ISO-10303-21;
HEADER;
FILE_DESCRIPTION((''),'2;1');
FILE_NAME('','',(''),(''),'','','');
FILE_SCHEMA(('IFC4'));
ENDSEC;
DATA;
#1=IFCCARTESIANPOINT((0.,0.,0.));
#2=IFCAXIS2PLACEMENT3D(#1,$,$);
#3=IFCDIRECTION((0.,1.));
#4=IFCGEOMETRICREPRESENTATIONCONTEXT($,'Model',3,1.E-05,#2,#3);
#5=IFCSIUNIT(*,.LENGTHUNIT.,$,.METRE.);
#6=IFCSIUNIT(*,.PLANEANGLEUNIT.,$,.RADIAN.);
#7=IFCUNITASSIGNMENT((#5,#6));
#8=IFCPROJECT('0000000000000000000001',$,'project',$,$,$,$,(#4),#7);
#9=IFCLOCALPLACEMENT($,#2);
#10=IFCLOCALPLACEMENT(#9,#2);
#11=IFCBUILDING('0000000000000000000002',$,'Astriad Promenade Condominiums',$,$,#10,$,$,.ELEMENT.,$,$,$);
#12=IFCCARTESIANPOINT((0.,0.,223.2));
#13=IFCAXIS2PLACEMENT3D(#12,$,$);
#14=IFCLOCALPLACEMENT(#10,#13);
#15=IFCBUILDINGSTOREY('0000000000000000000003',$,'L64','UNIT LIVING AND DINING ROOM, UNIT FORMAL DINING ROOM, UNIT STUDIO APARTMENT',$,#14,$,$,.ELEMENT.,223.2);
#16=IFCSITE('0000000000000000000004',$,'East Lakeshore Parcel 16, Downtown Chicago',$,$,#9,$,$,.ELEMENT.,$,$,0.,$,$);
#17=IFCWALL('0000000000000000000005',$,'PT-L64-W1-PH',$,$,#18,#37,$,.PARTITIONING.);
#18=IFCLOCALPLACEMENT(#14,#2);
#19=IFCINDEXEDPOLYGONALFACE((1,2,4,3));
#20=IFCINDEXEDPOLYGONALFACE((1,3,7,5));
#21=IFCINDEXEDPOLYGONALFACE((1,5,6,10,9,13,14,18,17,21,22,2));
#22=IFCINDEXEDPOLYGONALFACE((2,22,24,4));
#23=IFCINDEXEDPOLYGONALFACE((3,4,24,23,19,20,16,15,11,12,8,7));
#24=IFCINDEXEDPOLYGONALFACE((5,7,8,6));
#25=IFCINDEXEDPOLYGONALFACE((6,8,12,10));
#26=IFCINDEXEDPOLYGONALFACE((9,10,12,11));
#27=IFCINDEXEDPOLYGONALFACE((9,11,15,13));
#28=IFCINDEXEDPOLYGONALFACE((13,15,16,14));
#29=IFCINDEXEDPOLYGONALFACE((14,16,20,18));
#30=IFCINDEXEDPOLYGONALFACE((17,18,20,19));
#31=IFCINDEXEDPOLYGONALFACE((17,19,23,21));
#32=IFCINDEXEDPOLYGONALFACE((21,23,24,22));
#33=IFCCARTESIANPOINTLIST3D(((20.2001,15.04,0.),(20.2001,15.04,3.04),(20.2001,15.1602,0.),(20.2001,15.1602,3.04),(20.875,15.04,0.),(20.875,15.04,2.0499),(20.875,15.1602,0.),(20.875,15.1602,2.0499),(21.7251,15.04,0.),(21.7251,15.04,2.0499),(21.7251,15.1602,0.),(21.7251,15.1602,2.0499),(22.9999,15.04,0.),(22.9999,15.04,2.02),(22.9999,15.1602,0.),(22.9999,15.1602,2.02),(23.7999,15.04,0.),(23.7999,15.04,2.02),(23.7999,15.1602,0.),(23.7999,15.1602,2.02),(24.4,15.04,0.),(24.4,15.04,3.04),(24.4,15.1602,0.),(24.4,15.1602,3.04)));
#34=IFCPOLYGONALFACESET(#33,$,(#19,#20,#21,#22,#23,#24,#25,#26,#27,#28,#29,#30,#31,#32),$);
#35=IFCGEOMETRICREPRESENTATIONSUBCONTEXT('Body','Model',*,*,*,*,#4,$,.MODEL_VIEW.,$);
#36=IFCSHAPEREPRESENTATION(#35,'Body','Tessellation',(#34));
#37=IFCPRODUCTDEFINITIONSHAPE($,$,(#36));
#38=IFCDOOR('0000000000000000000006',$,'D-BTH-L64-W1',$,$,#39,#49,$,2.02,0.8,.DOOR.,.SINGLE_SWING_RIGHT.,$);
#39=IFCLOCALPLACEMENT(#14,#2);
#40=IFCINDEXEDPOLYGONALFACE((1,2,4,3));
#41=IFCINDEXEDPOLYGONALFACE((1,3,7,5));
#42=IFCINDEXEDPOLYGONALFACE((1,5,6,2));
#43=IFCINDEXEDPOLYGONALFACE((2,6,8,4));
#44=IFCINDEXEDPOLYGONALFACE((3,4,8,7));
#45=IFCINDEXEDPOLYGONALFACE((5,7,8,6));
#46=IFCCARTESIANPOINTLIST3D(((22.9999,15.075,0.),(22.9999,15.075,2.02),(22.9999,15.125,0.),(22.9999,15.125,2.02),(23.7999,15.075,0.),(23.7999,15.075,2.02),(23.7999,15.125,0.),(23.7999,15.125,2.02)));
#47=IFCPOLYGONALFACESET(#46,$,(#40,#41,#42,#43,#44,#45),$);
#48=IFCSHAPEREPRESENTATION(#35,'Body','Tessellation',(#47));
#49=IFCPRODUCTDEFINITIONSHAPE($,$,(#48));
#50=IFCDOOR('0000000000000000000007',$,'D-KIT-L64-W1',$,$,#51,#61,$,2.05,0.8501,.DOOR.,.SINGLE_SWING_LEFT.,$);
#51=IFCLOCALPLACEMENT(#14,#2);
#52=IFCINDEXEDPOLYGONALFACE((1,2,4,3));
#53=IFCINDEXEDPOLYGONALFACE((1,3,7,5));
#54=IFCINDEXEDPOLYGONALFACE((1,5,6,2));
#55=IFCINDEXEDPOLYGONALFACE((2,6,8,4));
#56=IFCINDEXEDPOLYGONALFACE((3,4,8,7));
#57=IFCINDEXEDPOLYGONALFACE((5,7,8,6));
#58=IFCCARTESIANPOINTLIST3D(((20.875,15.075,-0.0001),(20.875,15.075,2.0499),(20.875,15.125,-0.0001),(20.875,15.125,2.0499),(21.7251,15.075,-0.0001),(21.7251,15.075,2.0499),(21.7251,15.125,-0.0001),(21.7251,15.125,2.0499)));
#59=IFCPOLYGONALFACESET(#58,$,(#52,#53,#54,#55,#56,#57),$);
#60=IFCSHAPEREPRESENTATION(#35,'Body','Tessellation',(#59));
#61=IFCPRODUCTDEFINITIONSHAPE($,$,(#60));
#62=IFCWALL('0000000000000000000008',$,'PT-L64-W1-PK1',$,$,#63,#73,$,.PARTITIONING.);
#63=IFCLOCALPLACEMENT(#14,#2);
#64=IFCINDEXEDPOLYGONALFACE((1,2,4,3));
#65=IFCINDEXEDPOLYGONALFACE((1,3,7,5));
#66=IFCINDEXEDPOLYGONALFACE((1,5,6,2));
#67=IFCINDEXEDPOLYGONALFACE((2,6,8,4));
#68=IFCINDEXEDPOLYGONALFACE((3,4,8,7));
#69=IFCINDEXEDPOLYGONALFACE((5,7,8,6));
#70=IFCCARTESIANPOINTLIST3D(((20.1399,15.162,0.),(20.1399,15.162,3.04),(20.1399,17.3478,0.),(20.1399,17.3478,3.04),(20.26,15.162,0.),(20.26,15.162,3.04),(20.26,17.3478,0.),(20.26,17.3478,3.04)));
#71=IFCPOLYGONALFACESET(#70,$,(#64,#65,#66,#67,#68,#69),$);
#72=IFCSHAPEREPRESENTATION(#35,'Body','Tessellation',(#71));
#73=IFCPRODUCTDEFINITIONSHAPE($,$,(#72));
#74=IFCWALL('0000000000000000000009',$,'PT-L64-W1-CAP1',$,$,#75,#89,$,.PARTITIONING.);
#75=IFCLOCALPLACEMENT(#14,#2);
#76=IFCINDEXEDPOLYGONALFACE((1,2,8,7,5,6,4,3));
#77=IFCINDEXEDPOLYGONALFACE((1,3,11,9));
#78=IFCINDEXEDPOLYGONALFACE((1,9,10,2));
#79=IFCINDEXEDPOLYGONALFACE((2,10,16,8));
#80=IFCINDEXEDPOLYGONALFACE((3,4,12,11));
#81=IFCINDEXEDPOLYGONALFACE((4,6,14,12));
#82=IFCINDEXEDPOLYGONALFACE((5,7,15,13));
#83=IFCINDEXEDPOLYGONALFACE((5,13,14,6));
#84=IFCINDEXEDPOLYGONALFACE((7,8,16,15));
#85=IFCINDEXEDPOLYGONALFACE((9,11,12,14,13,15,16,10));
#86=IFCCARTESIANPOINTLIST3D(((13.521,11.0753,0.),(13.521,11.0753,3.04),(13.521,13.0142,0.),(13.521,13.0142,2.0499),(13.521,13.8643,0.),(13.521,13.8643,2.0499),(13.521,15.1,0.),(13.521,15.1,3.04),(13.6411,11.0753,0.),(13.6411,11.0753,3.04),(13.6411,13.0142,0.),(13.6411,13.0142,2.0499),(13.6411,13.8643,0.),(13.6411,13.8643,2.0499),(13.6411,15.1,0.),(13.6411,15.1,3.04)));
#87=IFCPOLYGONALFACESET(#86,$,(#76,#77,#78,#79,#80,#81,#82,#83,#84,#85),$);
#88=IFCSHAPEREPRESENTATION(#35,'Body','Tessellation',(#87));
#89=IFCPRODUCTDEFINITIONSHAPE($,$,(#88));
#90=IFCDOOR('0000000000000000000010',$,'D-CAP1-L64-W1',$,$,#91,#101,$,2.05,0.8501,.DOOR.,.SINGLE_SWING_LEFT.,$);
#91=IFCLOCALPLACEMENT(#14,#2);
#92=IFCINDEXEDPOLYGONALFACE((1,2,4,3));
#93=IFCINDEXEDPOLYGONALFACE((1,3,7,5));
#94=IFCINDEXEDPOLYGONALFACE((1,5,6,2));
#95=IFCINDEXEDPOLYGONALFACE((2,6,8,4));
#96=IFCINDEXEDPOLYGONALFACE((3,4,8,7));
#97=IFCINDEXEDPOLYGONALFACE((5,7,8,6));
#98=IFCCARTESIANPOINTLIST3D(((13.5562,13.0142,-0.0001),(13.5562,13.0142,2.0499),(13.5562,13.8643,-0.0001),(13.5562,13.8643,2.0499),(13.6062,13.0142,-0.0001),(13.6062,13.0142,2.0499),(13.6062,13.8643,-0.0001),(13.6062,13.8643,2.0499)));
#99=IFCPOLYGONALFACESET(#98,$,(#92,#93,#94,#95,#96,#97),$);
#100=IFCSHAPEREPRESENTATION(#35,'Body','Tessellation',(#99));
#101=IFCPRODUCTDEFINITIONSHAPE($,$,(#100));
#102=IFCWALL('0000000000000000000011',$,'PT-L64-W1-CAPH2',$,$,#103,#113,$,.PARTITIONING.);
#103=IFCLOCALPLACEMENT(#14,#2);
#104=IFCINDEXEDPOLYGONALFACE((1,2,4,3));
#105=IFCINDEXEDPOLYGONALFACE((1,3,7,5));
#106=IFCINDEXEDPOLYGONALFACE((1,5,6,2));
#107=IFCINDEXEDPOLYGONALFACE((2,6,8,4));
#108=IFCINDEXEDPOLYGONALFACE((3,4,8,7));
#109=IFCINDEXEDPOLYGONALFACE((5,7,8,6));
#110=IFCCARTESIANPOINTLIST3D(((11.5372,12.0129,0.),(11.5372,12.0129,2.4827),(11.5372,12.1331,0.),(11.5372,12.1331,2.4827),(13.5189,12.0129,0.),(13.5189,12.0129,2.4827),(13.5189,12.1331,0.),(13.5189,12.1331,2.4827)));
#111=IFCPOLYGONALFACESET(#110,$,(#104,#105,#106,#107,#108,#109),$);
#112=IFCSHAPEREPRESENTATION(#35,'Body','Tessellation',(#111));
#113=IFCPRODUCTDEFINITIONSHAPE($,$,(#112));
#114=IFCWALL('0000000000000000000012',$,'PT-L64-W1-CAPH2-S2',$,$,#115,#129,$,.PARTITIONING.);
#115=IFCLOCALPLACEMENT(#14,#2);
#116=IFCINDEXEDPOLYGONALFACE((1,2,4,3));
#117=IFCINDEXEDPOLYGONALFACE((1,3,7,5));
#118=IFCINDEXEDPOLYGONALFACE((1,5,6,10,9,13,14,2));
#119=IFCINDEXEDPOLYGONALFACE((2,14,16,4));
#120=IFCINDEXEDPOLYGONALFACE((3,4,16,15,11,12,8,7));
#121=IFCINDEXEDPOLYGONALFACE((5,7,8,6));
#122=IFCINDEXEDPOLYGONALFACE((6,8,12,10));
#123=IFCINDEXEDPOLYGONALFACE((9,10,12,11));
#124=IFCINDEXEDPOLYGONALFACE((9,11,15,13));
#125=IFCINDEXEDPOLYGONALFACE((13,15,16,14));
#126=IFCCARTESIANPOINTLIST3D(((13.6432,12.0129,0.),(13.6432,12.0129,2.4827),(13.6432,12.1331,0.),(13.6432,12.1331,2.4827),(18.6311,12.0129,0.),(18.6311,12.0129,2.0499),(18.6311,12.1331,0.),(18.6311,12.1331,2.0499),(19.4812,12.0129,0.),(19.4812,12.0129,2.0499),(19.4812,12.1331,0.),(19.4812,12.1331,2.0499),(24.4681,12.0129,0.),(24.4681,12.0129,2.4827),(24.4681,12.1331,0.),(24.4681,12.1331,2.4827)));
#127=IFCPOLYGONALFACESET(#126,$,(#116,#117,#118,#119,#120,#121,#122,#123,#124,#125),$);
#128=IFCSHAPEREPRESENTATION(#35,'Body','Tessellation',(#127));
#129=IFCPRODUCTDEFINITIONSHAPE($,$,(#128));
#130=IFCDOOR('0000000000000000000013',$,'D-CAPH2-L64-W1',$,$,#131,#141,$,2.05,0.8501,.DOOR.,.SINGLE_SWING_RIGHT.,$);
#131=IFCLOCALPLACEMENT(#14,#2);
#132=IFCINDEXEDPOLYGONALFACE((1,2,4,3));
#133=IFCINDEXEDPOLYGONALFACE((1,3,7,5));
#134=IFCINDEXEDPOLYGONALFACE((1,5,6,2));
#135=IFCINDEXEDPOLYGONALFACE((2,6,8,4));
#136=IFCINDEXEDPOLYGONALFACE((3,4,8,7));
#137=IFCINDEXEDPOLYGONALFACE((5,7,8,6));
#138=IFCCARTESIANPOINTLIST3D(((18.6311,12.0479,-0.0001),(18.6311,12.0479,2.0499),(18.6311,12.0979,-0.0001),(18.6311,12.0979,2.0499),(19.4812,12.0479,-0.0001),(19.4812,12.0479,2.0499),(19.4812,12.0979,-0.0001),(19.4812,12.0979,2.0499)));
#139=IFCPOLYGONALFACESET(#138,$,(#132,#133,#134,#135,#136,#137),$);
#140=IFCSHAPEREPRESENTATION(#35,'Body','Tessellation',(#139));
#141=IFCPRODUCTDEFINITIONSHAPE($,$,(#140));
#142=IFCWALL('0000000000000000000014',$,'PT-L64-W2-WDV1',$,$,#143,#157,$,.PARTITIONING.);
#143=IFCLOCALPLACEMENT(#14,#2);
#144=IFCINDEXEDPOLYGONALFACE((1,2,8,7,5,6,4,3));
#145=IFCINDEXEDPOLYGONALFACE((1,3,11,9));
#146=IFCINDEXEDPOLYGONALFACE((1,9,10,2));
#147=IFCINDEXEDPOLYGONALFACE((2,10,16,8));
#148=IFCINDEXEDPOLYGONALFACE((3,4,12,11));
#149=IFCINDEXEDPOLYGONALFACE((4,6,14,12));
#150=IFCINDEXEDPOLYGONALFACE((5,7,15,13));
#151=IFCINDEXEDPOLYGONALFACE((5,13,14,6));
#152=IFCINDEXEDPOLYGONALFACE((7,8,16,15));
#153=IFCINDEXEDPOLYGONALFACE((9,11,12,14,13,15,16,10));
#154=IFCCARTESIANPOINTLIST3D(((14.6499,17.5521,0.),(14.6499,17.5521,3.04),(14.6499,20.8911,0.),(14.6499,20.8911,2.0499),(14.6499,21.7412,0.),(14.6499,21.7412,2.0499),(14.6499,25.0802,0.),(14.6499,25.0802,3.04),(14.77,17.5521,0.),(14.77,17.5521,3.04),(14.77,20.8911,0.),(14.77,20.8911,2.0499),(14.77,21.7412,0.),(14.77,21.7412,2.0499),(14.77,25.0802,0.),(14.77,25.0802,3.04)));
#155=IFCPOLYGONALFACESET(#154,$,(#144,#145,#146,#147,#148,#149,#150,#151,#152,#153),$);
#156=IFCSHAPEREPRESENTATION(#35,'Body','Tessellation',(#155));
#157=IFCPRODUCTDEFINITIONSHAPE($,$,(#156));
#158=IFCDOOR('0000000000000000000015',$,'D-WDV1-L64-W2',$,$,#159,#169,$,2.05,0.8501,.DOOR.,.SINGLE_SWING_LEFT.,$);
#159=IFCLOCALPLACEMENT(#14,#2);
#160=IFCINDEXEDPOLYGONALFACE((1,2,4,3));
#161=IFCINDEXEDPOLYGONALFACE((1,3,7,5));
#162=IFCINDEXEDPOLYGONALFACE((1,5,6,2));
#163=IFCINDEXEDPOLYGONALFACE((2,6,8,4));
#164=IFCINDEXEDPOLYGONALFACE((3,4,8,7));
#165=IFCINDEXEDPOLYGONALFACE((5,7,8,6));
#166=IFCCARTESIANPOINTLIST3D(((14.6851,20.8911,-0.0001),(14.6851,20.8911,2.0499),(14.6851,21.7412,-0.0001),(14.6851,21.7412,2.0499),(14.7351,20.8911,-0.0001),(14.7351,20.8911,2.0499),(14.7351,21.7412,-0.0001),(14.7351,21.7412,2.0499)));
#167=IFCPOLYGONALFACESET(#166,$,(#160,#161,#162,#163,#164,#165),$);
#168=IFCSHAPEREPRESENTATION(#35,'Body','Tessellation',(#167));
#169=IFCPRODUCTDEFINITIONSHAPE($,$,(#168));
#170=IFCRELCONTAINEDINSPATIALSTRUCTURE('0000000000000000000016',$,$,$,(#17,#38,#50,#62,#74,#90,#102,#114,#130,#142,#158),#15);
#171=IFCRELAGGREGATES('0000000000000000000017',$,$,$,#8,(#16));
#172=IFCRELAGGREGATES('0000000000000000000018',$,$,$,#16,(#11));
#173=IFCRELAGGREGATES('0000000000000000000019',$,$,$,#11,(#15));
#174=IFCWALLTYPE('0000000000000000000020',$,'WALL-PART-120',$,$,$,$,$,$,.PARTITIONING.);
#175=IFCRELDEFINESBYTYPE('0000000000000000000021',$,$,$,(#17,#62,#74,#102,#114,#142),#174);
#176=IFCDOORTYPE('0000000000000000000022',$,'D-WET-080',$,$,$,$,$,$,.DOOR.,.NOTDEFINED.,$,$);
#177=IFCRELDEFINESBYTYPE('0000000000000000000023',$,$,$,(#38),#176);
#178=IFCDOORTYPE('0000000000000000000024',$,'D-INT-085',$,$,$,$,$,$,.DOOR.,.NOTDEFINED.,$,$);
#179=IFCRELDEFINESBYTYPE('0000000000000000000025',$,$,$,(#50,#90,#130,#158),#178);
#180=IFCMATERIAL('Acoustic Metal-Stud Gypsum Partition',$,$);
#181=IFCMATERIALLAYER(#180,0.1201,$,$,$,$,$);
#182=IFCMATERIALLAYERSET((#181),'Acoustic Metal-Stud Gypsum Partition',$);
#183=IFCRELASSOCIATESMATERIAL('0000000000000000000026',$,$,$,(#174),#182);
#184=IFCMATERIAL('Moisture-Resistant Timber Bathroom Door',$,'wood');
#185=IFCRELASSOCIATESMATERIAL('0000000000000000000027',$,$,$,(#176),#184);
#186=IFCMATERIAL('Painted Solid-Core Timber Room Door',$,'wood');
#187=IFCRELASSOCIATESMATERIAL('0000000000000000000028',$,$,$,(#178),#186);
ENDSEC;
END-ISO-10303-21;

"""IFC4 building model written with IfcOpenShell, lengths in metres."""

from ifc_helpers import new_model, si_unit, direction, frame, frame_2d, origin, place, context, subcontext, project, spatial, rectangle, extrude, source, transform, mapped, material, layer, layer_set, type_object, type_shapes, element, fill, save


model = new_model("IFC4")

# Units and contexts
model_context = context("Model", 3, precision=1e-05, world=origin(), true_north=direction((0.0, 1.0)))
body_context = subcontext(model_context, "Body", "Model", "MODEL_VIEW")
ifc_project = project(units=[si_unit("LENGTHUNIT", "METRE"), si_unit("PLANEANGLEUNIT", "RADIAN")], contexts=[model_context])

# Site, building, storey
site_placement = place(None, origin())
site = spatial("IfcSite", under=ifc_project, at=site_placement, Name="East Lakeshore Parcel 16, Downtown Chicago", CompositionType="ELEMENT", RefElevation=0.0)
building_placement = place(site_placement, origin())
building = spatial("IfcBuilding", under=site, at=building_placement, Name="Astriad Promenade Condominiums", CompositionType="ELEMENT")
storey_placement = place(building_placement, frame((0.0, 0.0, 223.2)))
storey = spatial("IfcBuildingStorey", under=building, at=storey_placement, Name="L64", Description="UNIT LIVING AND DINING ROOM, UNIT FORMAL DINING ROOM, UNIT STUDIO APARTMENT", CompositionType="ELEMENT", Elevation=223.2)

# Wall, openings, doors
ifc_material_1 = material(Name="Acoustic Metal-Stud Gypsum Partition")
ifc_layer_1 = layer(ifc_material_1, 0.1201)
ifc_layer_set_1 = layer_set([ifc_layer_1], Name="Acoustic Metal-Stud Gypsum Partition")
wall_type_1 = type_object("IfcWallType", Name="WALL-PART-120", PredefinedType="PARTITIONING", material=ifc_layer_set_1)
wall_1_placement = place(storey_placement, frame((20.2, 15.1001, 0.0), z_axis=(0.0, 0.0, 1.0), x_axis=(1.0, 0.0, 0.0)))
wall_1 = element("IfcWall", 1, at=wall_1_placement, inside=storey, type_object=wall_type_1, Name="PT-L64-W1-PH", PredefinedType="PARTITIONING", context=body_context, shape_type="SweptSolid", body=[
    extrude(rectangle(XDim=4.2, YDim=0.1201, at=frame_2d((2.1001, 0.0))), origin(), (0.0, 0.0, 1.0), 3.04),
])
opening_1_placement = place(wall_1_placement, frame((0.675, 0.0, 0.0)))
opening_1 = element("IfcOpeningElement", 2, at=opening_1_placement, cuts=wall_1, PredefinedType="OPENING", context=body_context, shape_type="SweptSolid", body=[
    extrude(rectangle(XDim=0.8501, YDim=2.05, at=frame_2d((0.425, 1.0249))), frame((0.0, 0.0701, 0.0), z_axis=(0.0, -1.0, 0.0), x_axis=(1.0, 0.0, 0.0)), (0.0, 0.0, 1.0), 0.1401),
])
opening_2_placement = place(wall_1_placement, frame((2.8, 0.0, 0.0)))
opening_2 = element("IfcOpeningElement", 3, at=opening_2_placement, cuts=wall_1, PredefinedType="OPENING", context=body_context, shape_type="SweptSolid", body=[
    extrude(rectangle(XDim=0.8, YDim=2.02, at=frame_2d((0.3999, 1.01))), frame((0.0, 0.0701, 0.0), z_axis=(0.0, -1.0, 0.0), x_axis=(1.0, 0.0, 0.0)), (0.0, 0.0, 1.0), 0.1401),
])
ifc_material_2 = material(Name="Moisture-Resistant Timber Bathroom Door", Category="wood")
door_type_1 = type_object("IfcDoorType", Name="D-WET-080", OperationType="NOTDEFINED", PredefinedType="DOOR", material=ifc_material_2)
shared_shape_1 = source(origin(), body_context, "Body", "SweptSolid", [
    extrude(rectangle(XDim=0.8, YDim=2.02, at=frame_2d((0.3999, 1.01))), frame((0.0, 0.0249, 0.0), z_axis=(0.0, -1.0, 0.0), x_axis=(1.0, 0.0, 0.0)), (0.0, 0.0, 1.0), 0.05),
])
type_shapes(door_type_1, [shared_shape_1])
door_1_placement = place(opening_2_placement, origin())
door_1 = element("IfcDoor", 4, at=door_1_placement, inside=storey, type_object=door_type_1, Name="D-BTH-L64-W1", OperationType="SINGLE_SWING_RIGHT", OverallHeight=2.02, OverallWidth=0.8, PredefinedType="DOOR", context=body_context, shape_type="MappedRepresentation", body=[
    mapped(shared_shape_1, transform((0.0, 0.0, 0.0), scale=1.0)),
])
fill(opening_2, door_1)
ifc_material_3 = material(Name="Painted Solid-Core Timber Room Door", Category="wood")
door_type_2 = type_object("IfcDoorType", Name="D-INT-085", OperationType="NOTDEFINED", PredefinedType="DOOR", material=ifc_material_3)
shared_shape_2 = source(origin(), body_context, "Body", "SweptSolid", [
    extrude(rectangle(XDim=0.8501, YDim=2.05, at=frame_2d((0.425, 1.0249))), frame((0.0, 0.0249, 0.0), z_axis=(0.0, -1.0, 0.0), x_axis=(1.0, 0.0, 0.0)), (0.0, 0.0, 1.0), 0.05),
])
type_shapes(door_type_2, [shared_shape_2])
door_2_placement = place(opening_1_placement, origin())
door_2 = element("IfcDoor", 5, at=door_2_placement, inside=storey, type_object=door_type_2, Name="D-KIT-L64-W1", OperationType="SINGLE_SWING_LEFT", OverallHeight=2.05, OverallWidth=0.8501, PredefinedType="DOOR", context=body_context, shape_type="MappedRepresentation", body=[
    mapped(shared_shape_2, transform((0.0, 0.0, 0.0), scale=1.0)),
])
fill(opening_1, door_2)

# Wall
wall_2_placement = place(storey_placement, frame((20.2, 15.1621, 0.0), z_axis=(0.0, 0.0, 1.0), x_axis=(0.0, 1.0, 0.0)))
element("IfcWall", 6, at=wall_2_placement, inside=storey, type_object=wall_type_1, Name="PT-L64-W1-PK1", PredefinedType="PARTITIONING", context=body_context, shape_type="SweptSolid", body=[
    extrude(rectangle(XDim=2.1858, YDim=0.1201, at=frame_2d((1.0928, 0.0))), origin(), (0.0, 0.0, 1.0), 3.04),
])

# Wall, opening, door
wall_3_placement = place(storey_placement, frame((13.5811, 11.0754, 0.0), z_axis=(0.0, 0.0, 1.0), x_axis=(0.0, 1.0, 0.0)))
wall_3 = element("IfcWall", 7, at=wall_3_placement, inside=storey, type_object=wall_type_1, Name="PT-L64-W1-CAP1", PredefinedType="PARTITIONING", context=body_context, shape_type="SweptSolid", body=[
    extrude(rectangle(XDim=4.0247, YDim=0.1201, at=frame_2d((2.0122, 0.0))), origin(), (0.0, 0.0, 1.0), 3.04),
])
opening_3_placement = place(wall_3_placement, frame((1.9387, 0.0, 0.0)))
opening_3 = element("IfcOpeningElement", 8, at=opening_3_placement, cuts=wall_3, PredefinedType="OPENING", context=body_context, shape_type="SweptSolid", body=[
    extrude(rectangle(XDim=0.8501, YDim=2.05, at=frame_2d((0.425, 1.0249))), frame((0.0, 0.0701, 0.0), z_axis=(0.0, -1.0, 0.0), x_axis=(1.0, 0.0, 0.0)), (0.0, 0.0, 1.0), 0.1401),
])
door_3_placement = place(opening_3_placement, origin())
door_3 = element("IfcDoor", 9, at=door_3_placement, inside=storey, type_object=door_type_2, Name="D-CAP1-L64-W1", OperationType="SINGLE_SWING_LEFT", OverallHeight=2.05, OverallWidth=0.8501, PredefinedType="DOOR", context=body_context, shape_type="MappedRepresentation", body=[
    mapped(shared_shape_2, transform((0.0, 0.0, 0.0), scale=1.0)),
])
fill(opening_3, door_3)

# Wall
wall_4_placement = place(storey_placement, frame((11.5374, 12.073, 0.0), z_axis=(0.0, 0.0, 1.0), x_axis=(1.0, 0.0, 0.0)))
element("IfcWall", 10, at=wall_4_placement, inside=storey, type_object=wall_type_1, Name="PT-L64-W1-CAPH2", PredefinedType="PARTITIONING", context=body_context, shape_type="SweptSolid", body=[
    extrude(rectangle(XDim=1.9817, YDim=0.1201, at=frame_2d((0.9907, 0.0))), origin(), (0.0, 0.0, 1.0), 2.4827),
])

# Walls, openings, doors
wall_5_placement = place(storey_placement, frame((13.6431, 12.073, 0.0), z_axis=(0.0, 0.0, 1.0), x_axis=(1.0, 0.0, 0.0)))
wall_5 = element("IfcWall", 11, at=wall_5_placement, inside=storey, type_object=wall_type_1, Name="PT-L64-W1-CAPH2-S2", PredefinedType="PARTITIONING", context=body_context, shape_type="SweptSolid", body=[
    extrude(rectangle(XDim=10.825, YDim=0.1201, at=frame_2d((5.4126, 0.0))), origin(), (0.0, 0.0, 1.0), 2.4827),
])
opening_4_placement = place(wall_5_placement, frame((4.988, 0.0, 0.0)))
opening_4 = element("IfcOpeningElement", 12, at=opening_4_placement, cuts=wall_5, PredefinedType="OPENING", context=body_context, shape_type="SweptSolid", body=[
    extrude(rectangle(XDim=0.8501, YDim=2.05, at=frame_2d((0.425, 1.0249))), frame((0.0, 0.0701, 0.0), z_axis=(0.0, -1.0, 0.0), x_axis=(1.0, 0.0, 0.0)), (0.0, 0.0, 1.0), 0.1401),
])
door_4_placement = place(opening_4_placement, origin())
door_4 = element("IfcDoor", 13, at=door_4_placement, inside=storey, type_object=door_type_2, Name="D-CAPH2-L64-W1", OperationType="SINGLE_SWING_RIGHT", OverallHeight=2.05, OverallWidth=0.8501, PredefinedType="DOOR", context=body_context, shape_type="MappedRepresentation", body=[
    mapped(shared_shape_2, transform((0.0, 0.0, 0.0), scale=1.0)),
])
fill(opening_4, door_4)
wall_6_placement = place(storey_placement, frame((14.71, 17.552, 0.0), z_axis=(0.0, 0.0, 1.0), x_axis=(0.0, 1.0, 0.0)))
wall_6 = element("IfcWall", 14, at=wall_6_placement, inside=storey, type_object=wall_type_1, Name="PT-L64-W2-WDV1", PredefinedType="PARTITIONING", context=body_context, shape_type="SweptSolid", body=[
    extrude(rectangle(XDim=7.5281, YDim=0.1201, at=frame_2d((3.7642, 0.0))), origin(), (0.0, 0.0, 1.0), 3.04),
])
opening_5_placement = place(wall_6_placement, frame((3.3391, 0.0, 0.0)))
opening_5 = element("IfcOpeningElement", 15, at=opening_5_placement, cuts=wall_6, PredefinedType="OPENING", context=body_context, shape_type="SweptSolid", body=[
    extrude(rectangle(XDim=0.8501, YDim=2.05, at=frame_2d((0.425, 1.0249))), frame((0.0, 0.0701, 0.0), z_axis=(0.0, -1.0, 0.0), x_axis=(1.0, 0.0, 0.0)), (0.0, 0.0, 1.0), 0.1401),
])
door_5_placement = place(opening_5_placement, origin())
door_5 = element("IfcDoor", 16, at=door_5_placement, inside=storey, type_object=door_type_2, Name="D-WDV1-L64-W2", OperationType="SINGLE_SWING_LEFT", OverallHeight=2.05, OverallWidth=0.8501, PredefinedType="DOOR", context=body_context, shape_type="MappedRepresentation", body=[
    mapped(shared_shape_2, transform((0.0, 0.0, 0.0), scale=1.0)),
])
fill(opening_5, door_5)

save(model, "model.ifc")
